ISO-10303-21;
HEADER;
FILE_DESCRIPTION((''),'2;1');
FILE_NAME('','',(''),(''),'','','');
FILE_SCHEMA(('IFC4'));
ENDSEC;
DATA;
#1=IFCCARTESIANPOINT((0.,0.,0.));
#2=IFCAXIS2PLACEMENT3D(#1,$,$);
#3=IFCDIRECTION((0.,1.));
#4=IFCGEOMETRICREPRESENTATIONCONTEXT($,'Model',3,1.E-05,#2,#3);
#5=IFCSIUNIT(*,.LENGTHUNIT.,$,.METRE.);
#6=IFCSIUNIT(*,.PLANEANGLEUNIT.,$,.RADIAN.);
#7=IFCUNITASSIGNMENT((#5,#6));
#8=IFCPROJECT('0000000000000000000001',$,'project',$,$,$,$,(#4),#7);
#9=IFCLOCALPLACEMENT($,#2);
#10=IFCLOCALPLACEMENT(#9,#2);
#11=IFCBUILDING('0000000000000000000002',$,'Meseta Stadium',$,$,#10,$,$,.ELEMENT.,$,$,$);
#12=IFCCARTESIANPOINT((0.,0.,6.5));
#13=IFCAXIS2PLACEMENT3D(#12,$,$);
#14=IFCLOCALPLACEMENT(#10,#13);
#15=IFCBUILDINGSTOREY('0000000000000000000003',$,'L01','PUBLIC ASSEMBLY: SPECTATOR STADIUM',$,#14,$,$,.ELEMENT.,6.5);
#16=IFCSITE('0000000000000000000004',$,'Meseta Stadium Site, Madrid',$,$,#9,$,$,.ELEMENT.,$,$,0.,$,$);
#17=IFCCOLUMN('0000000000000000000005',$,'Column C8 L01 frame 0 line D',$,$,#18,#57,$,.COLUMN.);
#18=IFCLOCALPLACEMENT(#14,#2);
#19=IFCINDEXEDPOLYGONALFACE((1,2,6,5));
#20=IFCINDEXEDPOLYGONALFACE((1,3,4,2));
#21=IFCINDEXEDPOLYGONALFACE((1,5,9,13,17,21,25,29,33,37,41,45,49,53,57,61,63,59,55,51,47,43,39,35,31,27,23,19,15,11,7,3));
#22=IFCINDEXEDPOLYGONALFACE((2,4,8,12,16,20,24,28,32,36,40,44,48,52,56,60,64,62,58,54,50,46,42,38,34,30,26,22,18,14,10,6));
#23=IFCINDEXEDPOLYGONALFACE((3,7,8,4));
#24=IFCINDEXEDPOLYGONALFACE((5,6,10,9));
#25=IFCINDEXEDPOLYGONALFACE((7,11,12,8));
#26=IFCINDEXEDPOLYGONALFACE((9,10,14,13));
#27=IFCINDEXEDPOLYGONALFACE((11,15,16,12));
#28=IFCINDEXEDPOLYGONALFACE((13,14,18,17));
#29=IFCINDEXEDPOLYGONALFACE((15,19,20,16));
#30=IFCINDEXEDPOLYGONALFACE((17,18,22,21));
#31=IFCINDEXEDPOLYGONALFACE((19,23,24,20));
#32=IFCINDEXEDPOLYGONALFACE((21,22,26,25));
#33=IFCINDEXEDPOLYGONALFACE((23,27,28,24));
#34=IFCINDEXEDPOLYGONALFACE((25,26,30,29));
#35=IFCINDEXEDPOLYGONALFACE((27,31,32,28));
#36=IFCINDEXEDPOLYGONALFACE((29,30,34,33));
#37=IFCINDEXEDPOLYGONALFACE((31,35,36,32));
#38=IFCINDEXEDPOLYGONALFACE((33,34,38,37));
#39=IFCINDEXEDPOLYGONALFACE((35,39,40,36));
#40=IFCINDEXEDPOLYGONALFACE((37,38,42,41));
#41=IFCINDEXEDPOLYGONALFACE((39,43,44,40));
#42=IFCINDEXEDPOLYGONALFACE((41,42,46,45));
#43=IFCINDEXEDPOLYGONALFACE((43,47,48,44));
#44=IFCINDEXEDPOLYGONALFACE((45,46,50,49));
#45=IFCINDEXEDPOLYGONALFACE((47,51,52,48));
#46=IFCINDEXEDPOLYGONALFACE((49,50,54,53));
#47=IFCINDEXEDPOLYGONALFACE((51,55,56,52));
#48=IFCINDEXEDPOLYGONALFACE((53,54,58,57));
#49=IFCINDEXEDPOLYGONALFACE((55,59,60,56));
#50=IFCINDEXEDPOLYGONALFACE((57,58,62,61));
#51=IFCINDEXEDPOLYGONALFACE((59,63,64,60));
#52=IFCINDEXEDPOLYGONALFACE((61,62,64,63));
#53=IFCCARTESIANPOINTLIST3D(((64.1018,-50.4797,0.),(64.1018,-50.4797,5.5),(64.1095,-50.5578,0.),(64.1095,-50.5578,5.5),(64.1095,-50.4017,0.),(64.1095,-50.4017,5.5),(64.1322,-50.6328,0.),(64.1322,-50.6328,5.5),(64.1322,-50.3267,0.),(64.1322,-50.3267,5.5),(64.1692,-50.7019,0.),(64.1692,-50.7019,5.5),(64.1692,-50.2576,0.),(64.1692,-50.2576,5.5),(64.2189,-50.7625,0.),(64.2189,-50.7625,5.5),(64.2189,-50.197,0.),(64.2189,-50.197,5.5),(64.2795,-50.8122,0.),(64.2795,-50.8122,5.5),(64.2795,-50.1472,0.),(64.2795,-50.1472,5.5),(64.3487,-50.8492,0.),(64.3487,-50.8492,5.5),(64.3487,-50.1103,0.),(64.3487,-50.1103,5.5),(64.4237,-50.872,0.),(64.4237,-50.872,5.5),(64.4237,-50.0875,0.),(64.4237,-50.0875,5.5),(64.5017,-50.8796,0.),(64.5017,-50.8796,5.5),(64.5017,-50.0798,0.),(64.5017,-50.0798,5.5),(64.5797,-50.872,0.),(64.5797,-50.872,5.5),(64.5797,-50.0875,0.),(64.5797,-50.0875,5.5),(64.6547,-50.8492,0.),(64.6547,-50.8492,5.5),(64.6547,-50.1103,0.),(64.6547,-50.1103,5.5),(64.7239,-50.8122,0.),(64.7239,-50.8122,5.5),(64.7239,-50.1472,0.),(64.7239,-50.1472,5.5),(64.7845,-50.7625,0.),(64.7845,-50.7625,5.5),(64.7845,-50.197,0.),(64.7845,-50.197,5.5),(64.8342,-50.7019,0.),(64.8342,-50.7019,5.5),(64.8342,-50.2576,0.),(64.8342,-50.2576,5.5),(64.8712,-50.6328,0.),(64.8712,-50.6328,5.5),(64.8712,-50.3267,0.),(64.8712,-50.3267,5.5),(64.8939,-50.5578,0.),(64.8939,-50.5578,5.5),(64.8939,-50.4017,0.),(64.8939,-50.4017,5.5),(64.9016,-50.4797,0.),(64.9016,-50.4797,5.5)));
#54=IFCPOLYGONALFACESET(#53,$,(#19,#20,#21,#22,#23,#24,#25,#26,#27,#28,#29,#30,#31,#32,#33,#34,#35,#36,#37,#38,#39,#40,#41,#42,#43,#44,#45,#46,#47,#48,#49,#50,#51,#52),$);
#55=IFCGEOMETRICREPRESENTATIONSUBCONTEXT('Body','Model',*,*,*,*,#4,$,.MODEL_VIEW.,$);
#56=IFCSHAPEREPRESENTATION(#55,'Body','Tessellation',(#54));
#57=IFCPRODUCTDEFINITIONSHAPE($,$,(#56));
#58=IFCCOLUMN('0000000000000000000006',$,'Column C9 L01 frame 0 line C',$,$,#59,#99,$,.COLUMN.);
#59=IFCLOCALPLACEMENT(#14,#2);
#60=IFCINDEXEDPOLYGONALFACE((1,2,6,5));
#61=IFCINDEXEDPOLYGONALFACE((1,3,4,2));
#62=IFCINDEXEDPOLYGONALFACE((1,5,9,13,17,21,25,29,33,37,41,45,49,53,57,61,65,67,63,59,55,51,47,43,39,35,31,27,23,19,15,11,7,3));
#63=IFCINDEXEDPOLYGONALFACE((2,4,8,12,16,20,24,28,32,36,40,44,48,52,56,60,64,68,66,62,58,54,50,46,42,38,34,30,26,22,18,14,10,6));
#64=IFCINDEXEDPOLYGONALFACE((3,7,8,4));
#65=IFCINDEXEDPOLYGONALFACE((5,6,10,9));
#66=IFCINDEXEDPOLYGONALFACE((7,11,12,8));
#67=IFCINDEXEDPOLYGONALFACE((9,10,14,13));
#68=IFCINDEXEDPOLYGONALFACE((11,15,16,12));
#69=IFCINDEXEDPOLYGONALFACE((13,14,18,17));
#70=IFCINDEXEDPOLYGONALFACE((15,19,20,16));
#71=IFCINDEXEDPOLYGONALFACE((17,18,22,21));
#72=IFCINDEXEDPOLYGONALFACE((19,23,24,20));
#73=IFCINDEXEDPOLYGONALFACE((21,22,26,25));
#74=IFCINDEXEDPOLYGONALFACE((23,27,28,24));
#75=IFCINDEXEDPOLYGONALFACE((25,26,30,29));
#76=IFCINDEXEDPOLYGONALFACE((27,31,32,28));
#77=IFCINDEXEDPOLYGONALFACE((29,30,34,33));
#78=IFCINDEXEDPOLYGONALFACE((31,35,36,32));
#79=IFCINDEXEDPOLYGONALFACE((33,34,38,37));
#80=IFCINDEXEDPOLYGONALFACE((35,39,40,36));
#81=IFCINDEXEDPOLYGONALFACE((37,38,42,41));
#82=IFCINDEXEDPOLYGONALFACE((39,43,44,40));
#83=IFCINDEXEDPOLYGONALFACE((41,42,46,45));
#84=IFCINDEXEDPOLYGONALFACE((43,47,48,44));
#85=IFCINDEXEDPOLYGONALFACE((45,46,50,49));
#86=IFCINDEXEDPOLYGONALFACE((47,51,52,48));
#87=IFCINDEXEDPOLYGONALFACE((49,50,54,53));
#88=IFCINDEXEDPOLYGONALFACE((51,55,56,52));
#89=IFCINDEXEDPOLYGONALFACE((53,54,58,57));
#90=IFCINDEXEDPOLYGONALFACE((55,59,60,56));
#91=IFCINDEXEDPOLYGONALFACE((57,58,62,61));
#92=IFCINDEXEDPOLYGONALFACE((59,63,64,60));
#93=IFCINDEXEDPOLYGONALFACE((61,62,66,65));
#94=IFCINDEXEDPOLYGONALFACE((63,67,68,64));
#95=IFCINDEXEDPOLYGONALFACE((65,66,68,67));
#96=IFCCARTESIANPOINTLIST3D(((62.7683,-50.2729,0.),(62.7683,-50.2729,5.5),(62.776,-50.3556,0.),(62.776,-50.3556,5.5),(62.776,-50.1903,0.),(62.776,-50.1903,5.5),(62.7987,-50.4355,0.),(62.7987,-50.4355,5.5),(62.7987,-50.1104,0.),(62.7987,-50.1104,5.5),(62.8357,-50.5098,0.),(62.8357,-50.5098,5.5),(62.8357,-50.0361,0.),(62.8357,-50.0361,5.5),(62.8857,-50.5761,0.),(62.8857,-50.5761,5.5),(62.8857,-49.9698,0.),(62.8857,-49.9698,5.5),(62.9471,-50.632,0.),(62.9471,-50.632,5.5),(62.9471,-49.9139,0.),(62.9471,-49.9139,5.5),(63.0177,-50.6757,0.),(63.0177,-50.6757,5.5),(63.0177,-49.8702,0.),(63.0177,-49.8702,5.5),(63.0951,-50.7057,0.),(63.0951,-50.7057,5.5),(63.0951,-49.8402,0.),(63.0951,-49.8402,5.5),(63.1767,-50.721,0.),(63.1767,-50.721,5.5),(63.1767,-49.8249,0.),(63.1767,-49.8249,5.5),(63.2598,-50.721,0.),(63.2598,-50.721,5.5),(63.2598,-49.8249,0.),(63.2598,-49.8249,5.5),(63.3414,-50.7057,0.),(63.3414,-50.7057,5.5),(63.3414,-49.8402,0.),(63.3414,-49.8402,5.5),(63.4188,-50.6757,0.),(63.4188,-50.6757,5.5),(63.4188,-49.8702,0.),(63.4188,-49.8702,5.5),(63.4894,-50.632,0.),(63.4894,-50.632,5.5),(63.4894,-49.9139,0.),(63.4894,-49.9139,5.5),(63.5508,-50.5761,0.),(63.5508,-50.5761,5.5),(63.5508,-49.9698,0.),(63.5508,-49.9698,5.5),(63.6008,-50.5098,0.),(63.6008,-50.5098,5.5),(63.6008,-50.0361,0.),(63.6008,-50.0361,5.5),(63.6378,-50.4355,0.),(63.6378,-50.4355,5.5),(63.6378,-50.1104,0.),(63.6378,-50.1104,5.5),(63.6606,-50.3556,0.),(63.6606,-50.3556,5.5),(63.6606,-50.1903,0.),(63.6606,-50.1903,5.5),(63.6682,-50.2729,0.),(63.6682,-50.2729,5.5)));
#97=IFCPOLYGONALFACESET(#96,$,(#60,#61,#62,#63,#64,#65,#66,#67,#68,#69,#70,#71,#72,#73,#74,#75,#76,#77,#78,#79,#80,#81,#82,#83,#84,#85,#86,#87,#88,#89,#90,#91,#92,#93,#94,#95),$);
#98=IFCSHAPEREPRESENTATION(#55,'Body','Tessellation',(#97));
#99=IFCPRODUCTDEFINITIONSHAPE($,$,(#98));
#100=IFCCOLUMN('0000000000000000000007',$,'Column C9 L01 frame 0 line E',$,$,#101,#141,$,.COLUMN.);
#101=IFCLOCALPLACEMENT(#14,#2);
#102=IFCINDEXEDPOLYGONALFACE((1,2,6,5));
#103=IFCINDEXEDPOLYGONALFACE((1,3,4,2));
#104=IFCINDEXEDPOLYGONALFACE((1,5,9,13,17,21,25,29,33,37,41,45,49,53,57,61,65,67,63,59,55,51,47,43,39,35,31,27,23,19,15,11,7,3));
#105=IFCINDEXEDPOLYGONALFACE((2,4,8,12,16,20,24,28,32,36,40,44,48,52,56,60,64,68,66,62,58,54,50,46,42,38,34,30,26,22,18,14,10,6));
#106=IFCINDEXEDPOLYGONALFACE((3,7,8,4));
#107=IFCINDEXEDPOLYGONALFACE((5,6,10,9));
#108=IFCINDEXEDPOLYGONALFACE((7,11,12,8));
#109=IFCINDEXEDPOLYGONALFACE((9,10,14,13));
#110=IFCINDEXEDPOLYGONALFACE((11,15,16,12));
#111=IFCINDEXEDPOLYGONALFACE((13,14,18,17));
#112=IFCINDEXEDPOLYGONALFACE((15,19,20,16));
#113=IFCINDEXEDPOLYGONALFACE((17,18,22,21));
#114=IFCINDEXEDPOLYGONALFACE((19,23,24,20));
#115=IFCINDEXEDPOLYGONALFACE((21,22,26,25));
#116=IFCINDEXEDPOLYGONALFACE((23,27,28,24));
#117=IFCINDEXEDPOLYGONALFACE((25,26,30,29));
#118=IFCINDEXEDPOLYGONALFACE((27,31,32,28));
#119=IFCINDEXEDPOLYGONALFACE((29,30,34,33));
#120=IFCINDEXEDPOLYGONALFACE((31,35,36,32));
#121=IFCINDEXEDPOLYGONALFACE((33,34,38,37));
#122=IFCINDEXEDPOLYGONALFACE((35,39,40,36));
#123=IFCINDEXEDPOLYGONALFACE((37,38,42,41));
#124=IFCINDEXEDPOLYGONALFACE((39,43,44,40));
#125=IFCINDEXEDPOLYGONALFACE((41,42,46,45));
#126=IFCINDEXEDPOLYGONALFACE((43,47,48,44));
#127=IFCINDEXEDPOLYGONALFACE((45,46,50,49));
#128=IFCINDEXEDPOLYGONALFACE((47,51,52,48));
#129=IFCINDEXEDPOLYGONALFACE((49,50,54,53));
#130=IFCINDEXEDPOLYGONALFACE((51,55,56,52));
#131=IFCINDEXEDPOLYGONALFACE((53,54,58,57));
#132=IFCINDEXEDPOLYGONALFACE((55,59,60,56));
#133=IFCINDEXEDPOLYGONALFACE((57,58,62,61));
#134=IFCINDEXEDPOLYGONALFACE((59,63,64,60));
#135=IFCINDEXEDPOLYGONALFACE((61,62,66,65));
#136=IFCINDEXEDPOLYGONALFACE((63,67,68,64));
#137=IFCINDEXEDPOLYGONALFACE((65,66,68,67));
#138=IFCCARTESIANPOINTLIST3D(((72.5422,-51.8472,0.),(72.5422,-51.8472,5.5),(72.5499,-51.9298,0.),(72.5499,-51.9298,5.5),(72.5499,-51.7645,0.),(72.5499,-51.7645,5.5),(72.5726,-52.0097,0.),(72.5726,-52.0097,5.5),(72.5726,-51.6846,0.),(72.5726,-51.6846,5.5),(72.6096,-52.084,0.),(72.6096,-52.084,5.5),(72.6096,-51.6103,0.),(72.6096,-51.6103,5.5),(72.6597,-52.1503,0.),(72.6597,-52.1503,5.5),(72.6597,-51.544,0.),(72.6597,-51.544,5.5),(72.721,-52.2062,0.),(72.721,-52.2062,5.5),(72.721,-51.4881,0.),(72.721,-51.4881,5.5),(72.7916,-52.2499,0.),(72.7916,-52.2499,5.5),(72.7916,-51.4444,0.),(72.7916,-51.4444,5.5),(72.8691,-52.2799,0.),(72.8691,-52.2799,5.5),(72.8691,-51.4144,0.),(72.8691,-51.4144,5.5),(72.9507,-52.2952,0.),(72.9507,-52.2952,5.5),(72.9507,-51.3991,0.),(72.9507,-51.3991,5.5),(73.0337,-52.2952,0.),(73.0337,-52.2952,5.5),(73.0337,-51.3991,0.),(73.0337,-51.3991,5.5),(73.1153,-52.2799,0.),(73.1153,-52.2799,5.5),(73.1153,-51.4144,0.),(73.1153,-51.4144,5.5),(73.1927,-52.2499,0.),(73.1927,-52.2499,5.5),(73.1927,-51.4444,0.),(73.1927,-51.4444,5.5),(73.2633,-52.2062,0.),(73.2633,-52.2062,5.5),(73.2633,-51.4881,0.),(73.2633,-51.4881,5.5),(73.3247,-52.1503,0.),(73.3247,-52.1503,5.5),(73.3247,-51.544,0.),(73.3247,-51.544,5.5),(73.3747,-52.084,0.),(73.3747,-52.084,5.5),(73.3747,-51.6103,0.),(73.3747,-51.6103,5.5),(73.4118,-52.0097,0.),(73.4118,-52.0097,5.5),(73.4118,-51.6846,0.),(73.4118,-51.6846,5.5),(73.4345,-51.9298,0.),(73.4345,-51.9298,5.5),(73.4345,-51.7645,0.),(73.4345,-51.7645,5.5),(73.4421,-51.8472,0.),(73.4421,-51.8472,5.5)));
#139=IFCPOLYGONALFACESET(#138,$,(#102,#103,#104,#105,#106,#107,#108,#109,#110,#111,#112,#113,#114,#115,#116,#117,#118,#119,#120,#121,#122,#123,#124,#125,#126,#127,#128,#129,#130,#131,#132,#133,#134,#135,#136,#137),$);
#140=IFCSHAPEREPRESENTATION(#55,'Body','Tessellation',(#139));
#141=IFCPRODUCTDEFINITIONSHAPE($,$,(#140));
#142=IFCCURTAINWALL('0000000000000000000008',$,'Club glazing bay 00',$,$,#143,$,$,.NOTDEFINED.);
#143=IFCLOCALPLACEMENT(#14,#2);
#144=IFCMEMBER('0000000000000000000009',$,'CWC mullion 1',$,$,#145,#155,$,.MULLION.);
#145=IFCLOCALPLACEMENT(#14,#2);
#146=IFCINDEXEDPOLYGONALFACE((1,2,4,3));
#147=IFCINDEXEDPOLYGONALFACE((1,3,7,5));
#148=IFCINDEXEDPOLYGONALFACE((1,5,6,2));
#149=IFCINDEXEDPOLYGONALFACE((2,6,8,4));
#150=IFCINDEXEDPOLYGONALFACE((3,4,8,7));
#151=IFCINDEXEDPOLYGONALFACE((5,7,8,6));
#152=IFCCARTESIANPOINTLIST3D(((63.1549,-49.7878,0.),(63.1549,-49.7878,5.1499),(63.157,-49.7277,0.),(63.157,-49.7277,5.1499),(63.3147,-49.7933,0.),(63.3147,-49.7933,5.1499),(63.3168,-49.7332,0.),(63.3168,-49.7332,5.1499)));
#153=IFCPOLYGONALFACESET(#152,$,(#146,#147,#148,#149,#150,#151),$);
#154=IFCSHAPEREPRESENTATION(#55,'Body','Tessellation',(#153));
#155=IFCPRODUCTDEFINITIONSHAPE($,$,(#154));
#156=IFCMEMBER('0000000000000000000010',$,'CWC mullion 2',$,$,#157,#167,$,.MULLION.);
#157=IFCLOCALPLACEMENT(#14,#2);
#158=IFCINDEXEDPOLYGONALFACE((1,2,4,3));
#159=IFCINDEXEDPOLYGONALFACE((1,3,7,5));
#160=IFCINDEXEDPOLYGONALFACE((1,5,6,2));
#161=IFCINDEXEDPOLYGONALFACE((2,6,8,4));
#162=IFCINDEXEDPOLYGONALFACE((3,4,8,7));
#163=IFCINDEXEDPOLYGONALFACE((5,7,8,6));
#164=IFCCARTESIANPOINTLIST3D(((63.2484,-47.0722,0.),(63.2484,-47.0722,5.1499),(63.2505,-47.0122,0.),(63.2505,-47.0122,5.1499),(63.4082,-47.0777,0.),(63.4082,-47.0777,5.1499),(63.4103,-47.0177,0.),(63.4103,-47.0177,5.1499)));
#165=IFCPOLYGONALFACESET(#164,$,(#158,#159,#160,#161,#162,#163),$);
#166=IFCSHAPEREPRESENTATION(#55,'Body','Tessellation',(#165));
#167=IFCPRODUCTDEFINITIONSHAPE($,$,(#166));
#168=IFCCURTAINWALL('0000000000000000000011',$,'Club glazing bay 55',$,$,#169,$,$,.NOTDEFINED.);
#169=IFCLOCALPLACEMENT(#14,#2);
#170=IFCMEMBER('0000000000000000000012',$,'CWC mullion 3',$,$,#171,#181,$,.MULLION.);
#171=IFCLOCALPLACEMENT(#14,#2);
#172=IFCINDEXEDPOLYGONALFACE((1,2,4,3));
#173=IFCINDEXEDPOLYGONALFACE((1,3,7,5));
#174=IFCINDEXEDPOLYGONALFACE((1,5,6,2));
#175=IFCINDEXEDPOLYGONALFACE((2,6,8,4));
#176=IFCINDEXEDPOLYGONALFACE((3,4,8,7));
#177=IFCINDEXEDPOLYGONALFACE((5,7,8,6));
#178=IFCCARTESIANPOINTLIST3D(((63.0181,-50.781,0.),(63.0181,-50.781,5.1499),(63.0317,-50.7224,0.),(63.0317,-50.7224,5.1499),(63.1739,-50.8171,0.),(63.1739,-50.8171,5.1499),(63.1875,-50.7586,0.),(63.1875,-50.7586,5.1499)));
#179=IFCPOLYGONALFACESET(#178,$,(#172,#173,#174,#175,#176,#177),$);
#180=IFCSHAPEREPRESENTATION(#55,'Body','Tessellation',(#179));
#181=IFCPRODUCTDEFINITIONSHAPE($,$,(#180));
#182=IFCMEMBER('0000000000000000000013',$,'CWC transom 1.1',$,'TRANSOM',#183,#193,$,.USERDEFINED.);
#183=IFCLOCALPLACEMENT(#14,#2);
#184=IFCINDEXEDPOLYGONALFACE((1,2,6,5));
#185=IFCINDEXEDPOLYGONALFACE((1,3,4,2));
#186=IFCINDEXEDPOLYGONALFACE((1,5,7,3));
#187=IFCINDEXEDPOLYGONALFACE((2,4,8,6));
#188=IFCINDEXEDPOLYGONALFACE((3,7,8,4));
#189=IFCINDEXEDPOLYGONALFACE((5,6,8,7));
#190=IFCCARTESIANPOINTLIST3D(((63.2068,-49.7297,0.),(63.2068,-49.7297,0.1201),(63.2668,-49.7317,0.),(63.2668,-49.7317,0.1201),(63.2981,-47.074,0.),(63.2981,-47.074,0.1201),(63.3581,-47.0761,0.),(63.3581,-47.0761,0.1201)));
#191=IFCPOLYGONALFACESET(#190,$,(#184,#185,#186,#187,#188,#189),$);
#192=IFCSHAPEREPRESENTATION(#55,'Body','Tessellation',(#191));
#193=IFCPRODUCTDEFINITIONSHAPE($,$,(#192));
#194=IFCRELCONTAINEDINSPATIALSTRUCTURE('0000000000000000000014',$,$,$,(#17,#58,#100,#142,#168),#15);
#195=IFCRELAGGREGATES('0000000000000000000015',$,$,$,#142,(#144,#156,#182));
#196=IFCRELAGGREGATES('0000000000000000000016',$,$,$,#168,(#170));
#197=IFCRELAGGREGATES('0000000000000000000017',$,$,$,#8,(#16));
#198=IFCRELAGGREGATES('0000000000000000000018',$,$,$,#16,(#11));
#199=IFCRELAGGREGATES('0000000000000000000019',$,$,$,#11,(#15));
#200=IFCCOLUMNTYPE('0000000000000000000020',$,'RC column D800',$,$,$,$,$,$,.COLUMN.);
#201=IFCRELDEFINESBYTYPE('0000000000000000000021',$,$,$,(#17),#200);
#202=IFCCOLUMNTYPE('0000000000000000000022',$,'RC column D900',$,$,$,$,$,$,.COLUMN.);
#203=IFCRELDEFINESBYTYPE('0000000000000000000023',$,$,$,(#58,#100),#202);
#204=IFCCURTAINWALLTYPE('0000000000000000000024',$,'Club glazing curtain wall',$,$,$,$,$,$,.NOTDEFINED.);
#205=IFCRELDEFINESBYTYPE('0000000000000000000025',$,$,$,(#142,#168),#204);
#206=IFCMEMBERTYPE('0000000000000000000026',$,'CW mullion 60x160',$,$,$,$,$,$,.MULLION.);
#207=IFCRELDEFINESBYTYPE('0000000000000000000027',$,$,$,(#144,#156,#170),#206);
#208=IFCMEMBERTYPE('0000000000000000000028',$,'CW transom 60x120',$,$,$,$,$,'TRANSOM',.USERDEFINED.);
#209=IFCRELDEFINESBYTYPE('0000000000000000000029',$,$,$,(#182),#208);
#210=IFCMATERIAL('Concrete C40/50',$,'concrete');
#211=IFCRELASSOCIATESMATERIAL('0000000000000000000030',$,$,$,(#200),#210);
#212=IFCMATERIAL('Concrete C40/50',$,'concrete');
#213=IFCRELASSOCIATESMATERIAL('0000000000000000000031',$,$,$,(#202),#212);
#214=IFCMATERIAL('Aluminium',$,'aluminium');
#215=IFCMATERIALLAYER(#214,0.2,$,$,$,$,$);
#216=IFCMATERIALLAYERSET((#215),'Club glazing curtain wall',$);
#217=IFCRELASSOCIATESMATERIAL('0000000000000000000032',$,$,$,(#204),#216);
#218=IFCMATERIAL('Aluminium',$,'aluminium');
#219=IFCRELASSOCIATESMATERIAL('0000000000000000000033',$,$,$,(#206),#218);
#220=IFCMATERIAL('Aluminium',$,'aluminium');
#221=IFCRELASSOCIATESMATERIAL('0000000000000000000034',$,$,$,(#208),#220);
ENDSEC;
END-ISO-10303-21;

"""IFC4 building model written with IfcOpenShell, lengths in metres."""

from ifc_helpers import new_model, si_unit, direction, frame, origin, origin_2d, place, context, subcontext, project, spatial, rectangle, circle, extrude, material, layer, layer_set, material_profile, profile_set, type_object, element, aggregate, save


model = new_model("IFC4")

# Units and contexts
model_context = context("Model", 3, precision=1e-05, world=origin(), true_north=direction((0.0, 1.0)))
body_context = subcontext(model_context, "Body", "Model", "MODEL_VIEW")
ifc_project = project(units=[si_unit("LENGTHUNIT", "METRE"), si_unit("PLANEANGLEUNIT", "RADIAN")], contexts=[model_context])

# Site, building, storey
site_placement = place(None, origin())
site = spatial("IfcSite", under=ifc_project, at=site_placement, Name="Meseta Stadium Site, Madrid", CompositionType="ELEMENT", RefElevation=0.0)
building_placement = place(site_placement, origin())
building = spatial("IfcBuilding", under=site, at=building_placement, Name="Meseta Stadium", CompositionType="ELEMENT")
storey_placement = place(building_placement, frame((0.0, 0.0, 6.5)))
storey = spatial("IfcBuildingStorey", under=building, at=storey_placement, Name="L01", Description="PUBLIC ASSEMBLY: SPECTATOR STADIUM", CompositionType="ELEMENT", Elevation=6.5)

# Columns
ifc_material_1 = material(Name="Concrete C40/50", Category="concrete")
ifc_material_profile_1 = material_profile(ifc_material_1, circle(Radius=0.3999, at=origin_2d()), Name="RC D800")
ifc_profile_set_1 = profile_set([ifc_material_profile_1], Name="Concrete C40/50")
column_type_1 = type_object("IfcColumnType", Name="RC column D800", PredefinedType="COLUMN", material=ifc_profile_set_1)
column_placement = place(storey_placement, frame((64.5017, -50.4797, 0.0), z_axis=(0.0, 0.0, 1.0), x_axis=(1.0, 0.0, 0.0)))
element("IfcColumn", 1, at=column_placement, inside=storey, type_object=column_type_1, Name="Column C8 L01 frame 0 line D", PredefinedType="COLUMN", context=body_context, shape_type="SweptSolid", body=[
    extrude(circle(Radius=0.3999, at=origin_2d()), origin(), (0.0, 0.0, 1.0), 5.5),
])
ifc_material_2 = material(Name="Concrete C40/50", Category="concrete")
ifc_material_profile_2 = material_profile(ifc_material_2, circle(Radius=0.45, at=origin_2d()), Name="RC D900")
ifc_profile_set_2 = profile_set([ifc_material_profile_2], Name="Concrete C40/50")
column_type_2 = type_object("IfcColumnType", Name="RC column D900", PredefinedType="COLUMN", material=ifc_profile_set_2)
for number, where, z_axis, x_axis, name in (
    (2, (63.2183, -50.2729, 0.0), (0.0, 0.0, 1.0), (1.0, 0.0, 0.0), "Column C9 L01 frame 0 line C"),
    (3, (72.9922, -51.8472, 0.0), (0.0, 0.0, 1.0), (1.0, 0.0, 0.0), "Column C9 L01 frame 0 line E"),
):
    element("IfcColumn", number, at=place(storey_placement, frame(where, z_axis=z_axis, x_axis=x_axis)), inside=storey, type_object=column_type_2, Name=name, PredefinedType="COLUMN", context=body_context, shape_type="SweptSolid", body=[
        extrude(circle(Radius=0.45, at=origin_2d()), origin(), (0.0, 0.0, 1.0), 5.5),
    ])

# Curtain wall, members
ifc_material_3 = material(Name="Aluminium", Category="aluminium")
ifc_layer_1 = layer(ifc_material_3, 0.2)
ifc_layer_set_1 = layer_set([ifc_layer_1], Name="Club glazing curtain wall")
curtain_wall_type = type_object("IfcCurtainWallType", Name="Club glazing curtain wall", PredefinedType="NOTDEFINED", material=ifc_layer_set_1)
curtain_wall_1_placement = place(storey_placement, origin())
curtain_wall_1 = element("IfcCurtainWall", 4, at=curtain_wall_1_placement, inside=storey, type_object=curtain_wall_type, Name="Club glazing bay 00", PredefinedType="NOTDEFINED")
ifc_material_4 = material(Name="Aluminium", Category="aluminium")
ifc_material_profile_3 = material_profile(ifc_material_4, rectangle(XDim=0.1599, YDim=0.0601, at=origin_2d()), Name="CW 160x60")
ifc_profile_set_3 = profile_set([ifc_material_profile_3], Name="Aluminium")
member_type_1 = type_object("IfcMemberType", Name="CW mullion 60x160", PredefinedType="MULLION", material=ifc_profile_set_3)
member_1_placement = place(storey_placement, frame((63.2358, -49.7605, 0.0), z_axis=(0.0, 0.0, 1.0), x_axis=(-0.999408, 0.034398, 0.0)))
member_1 = element("IfcMember", 5, at=member_1_placement, type_object=member_type_1, Name="CWC mullion 1", PredefinedType="MULLION", context=body_context, shape_type="SweptSolid", body=[
    extrude(rectangle(XDim=0.1599, YDim=0.0601, at=origin_2d()), origin(), (0.0, 0.0, 1.0), 5.1499),
])
member_2_placement = place(storey_placement, frame((63.3293, -47.0449, 0.0), z_axis=(0.0, 0.0, 1.0), x_axis=(-0.999408, 0.034398, 0.0)))
member_2 = element("IfcMember", 6, at=member_2_placement, type_object=member_type_1, Name="CWC mullion 2", PredefinedType="MULLION", context=body_context, shape_type="SweptSolid", body=[
    extrude(rectangle(XDim=0.1599, YDim=0.0601, at=origin_2d()), origin(), (0.0, 0.0, 1.0), 5.1499),
])

# Curtain wall, member
curtain_wall_2_placement = place(storey_placement, origin())
curtain_wall_2 = element("IfcCurtainWall", 7, at=curtain_wall_2_placement, inside=storey, type_object=curtain_wall_type, Name="Club glazing bay 55", PredefinedType="NOTDEFINED")
member_3_placement = place(storey_placement, frame((63.1028, -50.7698, 0.0), z_axis=(0.0, 0.0, 1.0), x_axis=(-0.974116, 0.226048, 0.0)))
member_3 = element("IfcMember", 8, at=member_3_placement, type_object=member_type_1, Name="CWC mullion 3", PredefinedType="MULLION", context=body_context, shape_type="SweptSolid", body=[
    extrude(rectangle(XDim=0.1599, YDim=0.0601, at=origin_2d()), origin(), (0.0, 0.0, 1.0), 5.1499),
])

# Member
ifc_material_5 = material(Name="Aluminium", Category="aluminium")
ifc_material_profile_4 = material_profile(ifc_material_5, rectangle(XDim=0.0601, YDim=0.1201, at=origin_2d()), Name="CW 60x120")
ifc_profile_set_4 = profile_set([ifc_material_profile_4], Name="Aluminium")
member_type_2 = type_object("IfcMemberType", Name="CW transom 60x120", ElementType="TRANSOM", PredefinedType="USERDEFINED", material=ifc_profile_set_4)
member_4_placement = place(storey_placement, frame((63.2368, -49.7307, 0.0601), z_axis=(0.034361, 0.999409, 0.0), x_axis=(-0.999409, 0.034361, 0.0)))
member_4 = element("IfcMember", 9, at=member_4_placement, type_object=member_type_2, Name="CWC transom 1.1", ObjectType="TRANSOM", PredefinedType="USERDEFINED", context=body_context, shape_type="SweptSolid", body=[
    extrude(rectangle(XDim=0.0601, YDim=0.1201, at=origin_2d()), origin(), (0.0, 0.0, 1.0), 2.6572),
])

aggregate(curtain_wall_1, [member_1, member_2, member_4])
aggregate(curtain_wall_2, [member_3])

save(model, "model.ifc")
